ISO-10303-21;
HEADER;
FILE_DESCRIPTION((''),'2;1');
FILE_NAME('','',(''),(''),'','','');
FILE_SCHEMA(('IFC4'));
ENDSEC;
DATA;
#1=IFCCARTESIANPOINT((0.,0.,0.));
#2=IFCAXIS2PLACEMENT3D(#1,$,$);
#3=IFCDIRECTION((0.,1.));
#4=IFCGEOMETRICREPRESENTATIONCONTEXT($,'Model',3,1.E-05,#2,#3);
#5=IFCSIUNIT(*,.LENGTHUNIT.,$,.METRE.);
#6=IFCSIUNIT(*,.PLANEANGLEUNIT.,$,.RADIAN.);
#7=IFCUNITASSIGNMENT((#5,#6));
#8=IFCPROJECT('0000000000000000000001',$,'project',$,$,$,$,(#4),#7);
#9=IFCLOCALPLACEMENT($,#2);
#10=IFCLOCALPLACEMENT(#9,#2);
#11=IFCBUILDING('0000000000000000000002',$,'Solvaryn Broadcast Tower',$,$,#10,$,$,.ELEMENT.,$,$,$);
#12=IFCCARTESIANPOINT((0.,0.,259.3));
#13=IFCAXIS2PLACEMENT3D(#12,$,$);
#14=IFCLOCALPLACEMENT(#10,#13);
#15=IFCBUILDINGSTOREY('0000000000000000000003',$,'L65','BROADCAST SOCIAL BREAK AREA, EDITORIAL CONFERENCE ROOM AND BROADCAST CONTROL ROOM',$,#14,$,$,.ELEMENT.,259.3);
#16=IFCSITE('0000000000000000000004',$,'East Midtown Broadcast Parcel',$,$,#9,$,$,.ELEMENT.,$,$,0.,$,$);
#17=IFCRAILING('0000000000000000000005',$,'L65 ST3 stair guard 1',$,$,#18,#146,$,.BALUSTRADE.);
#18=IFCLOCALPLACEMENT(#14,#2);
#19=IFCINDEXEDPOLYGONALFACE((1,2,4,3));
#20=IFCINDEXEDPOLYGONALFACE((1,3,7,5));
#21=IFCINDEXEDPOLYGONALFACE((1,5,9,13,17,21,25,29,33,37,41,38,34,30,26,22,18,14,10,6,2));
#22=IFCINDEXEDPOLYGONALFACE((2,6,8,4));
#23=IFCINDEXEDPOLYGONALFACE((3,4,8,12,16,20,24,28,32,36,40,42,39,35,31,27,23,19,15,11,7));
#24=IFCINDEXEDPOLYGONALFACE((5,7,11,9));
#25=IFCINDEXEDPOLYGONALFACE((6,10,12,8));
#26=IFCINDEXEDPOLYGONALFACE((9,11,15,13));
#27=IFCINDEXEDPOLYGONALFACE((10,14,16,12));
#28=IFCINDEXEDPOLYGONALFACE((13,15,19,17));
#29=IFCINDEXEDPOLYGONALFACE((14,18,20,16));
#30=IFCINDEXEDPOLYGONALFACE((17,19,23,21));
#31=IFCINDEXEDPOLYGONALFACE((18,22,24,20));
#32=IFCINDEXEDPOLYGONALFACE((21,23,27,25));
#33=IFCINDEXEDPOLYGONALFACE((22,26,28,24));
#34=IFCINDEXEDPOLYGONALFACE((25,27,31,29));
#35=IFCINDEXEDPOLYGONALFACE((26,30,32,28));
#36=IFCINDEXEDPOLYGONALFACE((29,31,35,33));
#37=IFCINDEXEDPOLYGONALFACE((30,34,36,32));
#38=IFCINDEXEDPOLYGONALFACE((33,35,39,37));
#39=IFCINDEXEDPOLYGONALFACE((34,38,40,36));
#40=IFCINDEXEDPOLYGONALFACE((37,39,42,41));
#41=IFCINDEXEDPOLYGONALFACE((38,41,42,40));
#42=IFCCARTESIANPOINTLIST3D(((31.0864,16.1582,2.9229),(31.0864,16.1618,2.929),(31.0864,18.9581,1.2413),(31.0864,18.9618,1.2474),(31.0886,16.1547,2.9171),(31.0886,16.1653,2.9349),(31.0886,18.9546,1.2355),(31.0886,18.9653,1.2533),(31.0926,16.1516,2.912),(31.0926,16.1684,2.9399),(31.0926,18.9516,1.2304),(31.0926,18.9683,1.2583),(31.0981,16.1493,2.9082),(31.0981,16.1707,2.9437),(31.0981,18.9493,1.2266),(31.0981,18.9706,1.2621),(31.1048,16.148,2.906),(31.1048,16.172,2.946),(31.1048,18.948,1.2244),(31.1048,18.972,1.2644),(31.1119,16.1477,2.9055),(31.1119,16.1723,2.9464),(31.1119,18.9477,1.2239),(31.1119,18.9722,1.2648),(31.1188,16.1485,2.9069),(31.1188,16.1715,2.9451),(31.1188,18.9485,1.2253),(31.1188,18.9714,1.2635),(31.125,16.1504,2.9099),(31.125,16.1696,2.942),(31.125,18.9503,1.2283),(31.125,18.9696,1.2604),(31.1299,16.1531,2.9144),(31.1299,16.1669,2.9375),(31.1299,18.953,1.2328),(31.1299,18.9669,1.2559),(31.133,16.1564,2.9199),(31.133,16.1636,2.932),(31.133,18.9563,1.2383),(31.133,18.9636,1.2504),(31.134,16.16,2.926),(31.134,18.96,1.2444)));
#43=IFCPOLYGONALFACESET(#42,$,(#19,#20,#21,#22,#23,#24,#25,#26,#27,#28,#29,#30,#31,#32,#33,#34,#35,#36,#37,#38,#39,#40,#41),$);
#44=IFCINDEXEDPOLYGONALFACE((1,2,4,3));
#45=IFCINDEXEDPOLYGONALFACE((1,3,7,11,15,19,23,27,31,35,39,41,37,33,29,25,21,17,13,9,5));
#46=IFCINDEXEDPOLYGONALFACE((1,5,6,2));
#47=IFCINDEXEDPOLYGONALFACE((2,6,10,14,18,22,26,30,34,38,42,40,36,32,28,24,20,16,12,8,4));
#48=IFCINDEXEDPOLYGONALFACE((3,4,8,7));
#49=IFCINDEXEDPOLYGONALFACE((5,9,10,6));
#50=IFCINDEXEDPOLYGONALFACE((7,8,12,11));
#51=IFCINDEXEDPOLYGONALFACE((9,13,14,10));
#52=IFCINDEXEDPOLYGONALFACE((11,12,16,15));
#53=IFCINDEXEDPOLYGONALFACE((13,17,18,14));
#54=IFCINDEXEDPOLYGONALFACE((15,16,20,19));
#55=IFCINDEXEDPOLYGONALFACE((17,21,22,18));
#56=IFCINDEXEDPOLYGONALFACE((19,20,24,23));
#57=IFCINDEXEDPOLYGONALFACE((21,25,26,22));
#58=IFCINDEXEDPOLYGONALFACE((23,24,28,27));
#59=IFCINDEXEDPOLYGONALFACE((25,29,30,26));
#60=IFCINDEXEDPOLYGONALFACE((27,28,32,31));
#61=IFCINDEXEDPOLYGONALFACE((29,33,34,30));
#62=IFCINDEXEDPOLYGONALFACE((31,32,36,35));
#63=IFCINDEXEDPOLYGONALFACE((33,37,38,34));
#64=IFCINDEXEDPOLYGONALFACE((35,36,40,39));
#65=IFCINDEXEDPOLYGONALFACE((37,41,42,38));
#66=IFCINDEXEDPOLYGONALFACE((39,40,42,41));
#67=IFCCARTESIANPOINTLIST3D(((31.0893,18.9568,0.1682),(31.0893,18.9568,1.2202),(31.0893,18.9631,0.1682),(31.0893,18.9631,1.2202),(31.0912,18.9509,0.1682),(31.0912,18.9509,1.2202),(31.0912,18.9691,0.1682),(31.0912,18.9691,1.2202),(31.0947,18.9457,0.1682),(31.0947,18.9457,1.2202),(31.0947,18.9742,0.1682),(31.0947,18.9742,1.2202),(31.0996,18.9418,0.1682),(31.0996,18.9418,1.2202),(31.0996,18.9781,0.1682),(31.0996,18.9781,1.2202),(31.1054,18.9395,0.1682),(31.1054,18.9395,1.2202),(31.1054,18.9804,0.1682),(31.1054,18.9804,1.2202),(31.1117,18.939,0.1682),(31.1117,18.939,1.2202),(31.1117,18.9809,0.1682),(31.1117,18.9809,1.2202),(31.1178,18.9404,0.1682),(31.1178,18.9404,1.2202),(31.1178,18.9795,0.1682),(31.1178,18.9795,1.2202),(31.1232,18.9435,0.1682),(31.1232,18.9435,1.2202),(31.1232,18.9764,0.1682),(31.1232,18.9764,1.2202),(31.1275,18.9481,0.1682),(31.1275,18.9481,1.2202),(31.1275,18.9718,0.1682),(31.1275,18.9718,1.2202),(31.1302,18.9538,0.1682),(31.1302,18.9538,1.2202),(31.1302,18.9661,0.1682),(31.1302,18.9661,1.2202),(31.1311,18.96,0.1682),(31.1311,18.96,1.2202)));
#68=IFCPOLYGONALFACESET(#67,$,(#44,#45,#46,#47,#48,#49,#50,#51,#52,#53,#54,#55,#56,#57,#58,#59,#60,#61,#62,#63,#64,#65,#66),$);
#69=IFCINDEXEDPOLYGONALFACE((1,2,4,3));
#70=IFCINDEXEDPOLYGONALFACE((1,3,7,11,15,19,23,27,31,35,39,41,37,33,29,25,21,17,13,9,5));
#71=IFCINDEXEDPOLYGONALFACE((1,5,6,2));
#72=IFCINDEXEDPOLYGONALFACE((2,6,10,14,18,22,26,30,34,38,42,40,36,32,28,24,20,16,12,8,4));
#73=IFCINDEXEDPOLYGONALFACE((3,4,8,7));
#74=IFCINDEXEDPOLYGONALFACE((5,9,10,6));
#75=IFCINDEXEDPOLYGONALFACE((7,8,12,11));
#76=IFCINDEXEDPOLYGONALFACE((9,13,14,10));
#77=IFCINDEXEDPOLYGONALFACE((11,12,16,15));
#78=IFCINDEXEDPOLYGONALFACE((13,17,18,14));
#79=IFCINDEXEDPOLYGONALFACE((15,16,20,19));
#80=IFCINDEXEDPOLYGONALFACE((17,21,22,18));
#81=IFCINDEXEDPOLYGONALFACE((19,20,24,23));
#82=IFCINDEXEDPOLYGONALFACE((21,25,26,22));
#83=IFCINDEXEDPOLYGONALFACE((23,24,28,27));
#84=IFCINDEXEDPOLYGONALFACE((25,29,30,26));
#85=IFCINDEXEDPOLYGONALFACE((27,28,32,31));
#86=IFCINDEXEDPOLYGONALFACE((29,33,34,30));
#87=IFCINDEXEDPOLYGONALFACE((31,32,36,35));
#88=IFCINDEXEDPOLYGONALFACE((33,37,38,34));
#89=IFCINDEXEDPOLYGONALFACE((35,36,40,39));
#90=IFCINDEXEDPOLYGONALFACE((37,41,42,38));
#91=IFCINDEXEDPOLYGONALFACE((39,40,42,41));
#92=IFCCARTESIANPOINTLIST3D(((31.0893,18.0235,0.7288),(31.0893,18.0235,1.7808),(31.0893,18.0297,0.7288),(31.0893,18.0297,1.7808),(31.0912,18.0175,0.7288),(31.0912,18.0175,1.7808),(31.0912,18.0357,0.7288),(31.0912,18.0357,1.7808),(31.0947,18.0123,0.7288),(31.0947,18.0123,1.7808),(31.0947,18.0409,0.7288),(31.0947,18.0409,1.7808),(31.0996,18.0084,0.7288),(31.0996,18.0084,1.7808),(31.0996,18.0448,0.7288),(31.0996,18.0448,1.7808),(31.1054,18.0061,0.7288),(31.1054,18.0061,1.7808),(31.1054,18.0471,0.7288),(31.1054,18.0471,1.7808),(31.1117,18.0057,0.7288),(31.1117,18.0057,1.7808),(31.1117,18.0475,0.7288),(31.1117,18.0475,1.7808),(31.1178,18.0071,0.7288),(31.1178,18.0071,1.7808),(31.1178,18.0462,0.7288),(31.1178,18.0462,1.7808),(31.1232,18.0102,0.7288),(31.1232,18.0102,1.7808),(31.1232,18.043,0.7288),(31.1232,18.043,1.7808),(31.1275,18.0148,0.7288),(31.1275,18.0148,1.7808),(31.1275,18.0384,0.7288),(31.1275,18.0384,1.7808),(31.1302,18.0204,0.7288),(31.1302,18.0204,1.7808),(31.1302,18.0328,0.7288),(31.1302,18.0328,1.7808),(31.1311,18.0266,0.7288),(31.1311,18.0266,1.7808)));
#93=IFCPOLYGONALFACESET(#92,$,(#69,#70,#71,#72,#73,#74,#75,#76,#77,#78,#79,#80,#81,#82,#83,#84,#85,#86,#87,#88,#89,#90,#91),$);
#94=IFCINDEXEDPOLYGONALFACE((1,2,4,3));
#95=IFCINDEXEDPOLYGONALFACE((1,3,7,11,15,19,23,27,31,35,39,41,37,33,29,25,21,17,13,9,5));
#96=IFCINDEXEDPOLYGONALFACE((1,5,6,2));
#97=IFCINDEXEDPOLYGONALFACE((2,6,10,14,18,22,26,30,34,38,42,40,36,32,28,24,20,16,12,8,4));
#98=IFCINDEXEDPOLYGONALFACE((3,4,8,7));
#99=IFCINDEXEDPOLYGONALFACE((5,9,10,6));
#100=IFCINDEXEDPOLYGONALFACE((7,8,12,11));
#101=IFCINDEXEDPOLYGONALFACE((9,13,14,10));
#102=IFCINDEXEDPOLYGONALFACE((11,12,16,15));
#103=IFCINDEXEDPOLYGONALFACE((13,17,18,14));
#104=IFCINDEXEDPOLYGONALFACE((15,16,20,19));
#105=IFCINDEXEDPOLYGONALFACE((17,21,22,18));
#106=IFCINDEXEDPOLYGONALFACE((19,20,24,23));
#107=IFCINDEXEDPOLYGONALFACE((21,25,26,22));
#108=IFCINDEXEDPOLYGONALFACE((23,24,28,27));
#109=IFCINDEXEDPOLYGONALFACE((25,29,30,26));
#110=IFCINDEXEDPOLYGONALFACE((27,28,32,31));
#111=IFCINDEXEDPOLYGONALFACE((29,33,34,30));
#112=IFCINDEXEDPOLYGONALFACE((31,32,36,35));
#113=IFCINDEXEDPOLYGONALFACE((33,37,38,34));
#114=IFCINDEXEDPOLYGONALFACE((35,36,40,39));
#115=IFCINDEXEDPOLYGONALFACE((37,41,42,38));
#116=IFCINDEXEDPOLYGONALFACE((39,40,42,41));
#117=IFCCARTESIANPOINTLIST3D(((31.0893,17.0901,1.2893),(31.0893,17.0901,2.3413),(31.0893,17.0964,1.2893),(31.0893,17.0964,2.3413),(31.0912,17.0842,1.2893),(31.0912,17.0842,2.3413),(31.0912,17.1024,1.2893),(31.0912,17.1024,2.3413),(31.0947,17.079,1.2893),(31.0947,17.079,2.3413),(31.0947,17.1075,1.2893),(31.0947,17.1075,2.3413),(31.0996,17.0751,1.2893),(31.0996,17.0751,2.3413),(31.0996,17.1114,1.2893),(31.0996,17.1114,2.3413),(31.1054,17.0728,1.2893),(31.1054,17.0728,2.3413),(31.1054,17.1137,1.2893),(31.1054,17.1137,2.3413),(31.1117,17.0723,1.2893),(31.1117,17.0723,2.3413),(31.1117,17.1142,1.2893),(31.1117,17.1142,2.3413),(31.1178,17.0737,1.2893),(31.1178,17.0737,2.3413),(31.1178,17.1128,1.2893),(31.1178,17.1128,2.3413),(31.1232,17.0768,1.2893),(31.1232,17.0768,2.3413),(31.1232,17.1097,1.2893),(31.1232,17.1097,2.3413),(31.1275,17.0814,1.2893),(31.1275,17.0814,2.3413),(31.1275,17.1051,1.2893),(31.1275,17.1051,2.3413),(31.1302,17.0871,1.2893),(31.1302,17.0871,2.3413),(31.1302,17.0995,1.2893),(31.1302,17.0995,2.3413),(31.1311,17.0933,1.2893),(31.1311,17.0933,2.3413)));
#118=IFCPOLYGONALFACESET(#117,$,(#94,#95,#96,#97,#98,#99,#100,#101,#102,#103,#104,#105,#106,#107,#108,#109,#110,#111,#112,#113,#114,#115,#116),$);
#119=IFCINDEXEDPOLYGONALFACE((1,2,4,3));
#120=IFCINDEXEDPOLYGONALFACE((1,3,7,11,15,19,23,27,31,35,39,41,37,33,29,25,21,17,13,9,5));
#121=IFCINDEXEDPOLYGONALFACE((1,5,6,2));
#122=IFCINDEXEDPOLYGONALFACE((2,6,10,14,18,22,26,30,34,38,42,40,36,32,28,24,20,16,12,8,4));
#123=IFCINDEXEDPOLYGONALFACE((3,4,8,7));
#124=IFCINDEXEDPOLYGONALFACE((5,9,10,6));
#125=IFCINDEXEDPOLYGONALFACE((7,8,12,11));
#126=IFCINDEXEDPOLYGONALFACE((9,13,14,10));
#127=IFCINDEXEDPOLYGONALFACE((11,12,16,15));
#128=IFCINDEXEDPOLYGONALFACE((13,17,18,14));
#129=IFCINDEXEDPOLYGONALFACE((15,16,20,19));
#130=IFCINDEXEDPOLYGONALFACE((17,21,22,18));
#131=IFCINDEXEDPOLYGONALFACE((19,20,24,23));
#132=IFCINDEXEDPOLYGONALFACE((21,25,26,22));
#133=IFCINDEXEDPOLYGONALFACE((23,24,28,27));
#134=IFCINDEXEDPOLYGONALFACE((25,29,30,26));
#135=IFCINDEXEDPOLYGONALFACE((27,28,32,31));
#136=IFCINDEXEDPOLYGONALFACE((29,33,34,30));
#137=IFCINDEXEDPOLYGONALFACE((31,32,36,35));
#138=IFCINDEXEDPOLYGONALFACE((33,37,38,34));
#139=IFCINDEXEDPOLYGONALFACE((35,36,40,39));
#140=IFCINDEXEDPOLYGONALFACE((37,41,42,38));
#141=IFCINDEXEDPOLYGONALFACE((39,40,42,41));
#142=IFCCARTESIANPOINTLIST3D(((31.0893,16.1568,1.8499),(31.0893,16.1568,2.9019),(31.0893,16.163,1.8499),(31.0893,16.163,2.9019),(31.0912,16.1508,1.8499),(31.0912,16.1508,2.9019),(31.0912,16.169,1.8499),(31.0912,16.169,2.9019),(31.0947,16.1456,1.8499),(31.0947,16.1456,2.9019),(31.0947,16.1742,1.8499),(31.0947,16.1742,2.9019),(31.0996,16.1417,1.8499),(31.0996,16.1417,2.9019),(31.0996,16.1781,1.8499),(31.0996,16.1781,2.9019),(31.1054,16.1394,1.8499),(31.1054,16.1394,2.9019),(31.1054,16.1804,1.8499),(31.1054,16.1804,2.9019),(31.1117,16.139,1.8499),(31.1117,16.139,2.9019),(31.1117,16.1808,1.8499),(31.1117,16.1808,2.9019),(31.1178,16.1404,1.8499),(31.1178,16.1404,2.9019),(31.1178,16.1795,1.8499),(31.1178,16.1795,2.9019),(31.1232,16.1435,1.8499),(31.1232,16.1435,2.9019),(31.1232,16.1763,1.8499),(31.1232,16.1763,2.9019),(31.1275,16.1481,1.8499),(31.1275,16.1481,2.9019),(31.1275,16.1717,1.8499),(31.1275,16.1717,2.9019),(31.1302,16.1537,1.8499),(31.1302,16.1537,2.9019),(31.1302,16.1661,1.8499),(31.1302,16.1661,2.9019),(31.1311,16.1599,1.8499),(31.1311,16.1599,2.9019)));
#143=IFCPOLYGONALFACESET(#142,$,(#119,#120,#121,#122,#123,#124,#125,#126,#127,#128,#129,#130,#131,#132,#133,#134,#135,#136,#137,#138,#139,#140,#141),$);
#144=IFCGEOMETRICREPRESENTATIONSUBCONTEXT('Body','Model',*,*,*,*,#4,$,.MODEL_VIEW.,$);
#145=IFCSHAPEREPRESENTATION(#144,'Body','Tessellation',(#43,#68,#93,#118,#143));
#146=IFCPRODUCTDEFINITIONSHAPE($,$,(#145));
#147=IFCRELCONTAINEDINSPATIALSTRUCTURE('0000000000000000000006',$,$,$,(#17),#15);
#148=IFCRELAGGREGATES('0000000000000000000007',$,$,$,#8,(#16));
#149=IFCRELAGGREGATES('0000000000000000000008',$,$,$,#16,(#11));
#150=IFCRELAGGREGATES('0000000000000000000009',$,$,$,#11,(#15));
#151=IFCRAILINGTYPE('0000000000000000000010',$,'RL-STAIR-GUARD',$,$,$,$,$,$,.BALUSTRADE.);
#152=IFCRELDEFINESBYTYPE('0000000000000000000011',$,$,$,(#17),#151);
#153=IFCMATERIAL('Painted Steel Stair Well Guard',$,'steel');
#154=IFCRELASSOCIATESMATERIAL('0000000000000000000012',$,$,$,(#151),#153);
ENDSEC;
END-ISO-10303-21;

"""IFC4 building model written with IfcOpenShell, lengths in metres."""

from ifc_helpers import new_model, si_unit, direction, frame, origin, origin_2d, place, context, subcontext, project, spatial, circle, extrude, material, type_object, element, save


model = new_model("IFC4")

# Units and contexts
model_context = context("Model", 3, precision=1e-05, world=origin(), true_north=direction((0.0, 1.0)))
body_context = subcontext(model_context, "Body", "Model", "MODEL_VIEW")
ifc_project = project(units=[si_unit("LENGTHUNIT", "METRE"), si_unit("PLANEANGLEUNIT", "RADIAN")], contexts=[model_context])

# Site, building, storey
site_placement = place(None, origin())
site = spatial("IfcSite", under=ifc_project, at=site_placement, Name="East Midtown Broadcast Parcel", CompositionType="ELEMENT", RefElevation=0.0)
building_placement = place(site_placement, origin())
building = spatial("IfcBuilding", under=site, at=building_placement, Name="Solvaryn Broadcast Tower", CompositionType="ELEMENT")
storey_placement = place(building_placement, frame((0.0, 0.0, 259.3)))
storey = spatial("IfcBuildingStorey", under=building, at=storey_placement, Name="L65", Description="BROADCAST SOCIAL BREAK AREA, EDITORIAL CONFERENCE ROOM AND BROADCAST CONTROL ROOM", CompositionType="ELEMENT", Elevation=259.3)

# Railing
ifc_material_1 = material(Name="Painted Steel Stair Well Guard", Category="steel")
railing_type_1 = type_object("IfcRailingType", Name="RL-STAIR-GUARD", PredefinedType="BALUSTRADE", material=ifc_material_1)
railing_1_placement = place(storey_placement, frame((31.1101, 18.96, 0.1682)))
element("IfcRailing", 1, at=railing_1_placement, inside=storey, type_object=railing_type_1, Name="L65 ST3 stair guard 1", PredefinedType="BALUSTRADE", context=body_context, shape_type="SweptSolid", body=[
    extrude(circle(Radius=0.0239, at=origin_2d()), frame((0.0, 0.0, 1.0762), z_axis=(0.0, -0.857275, 0.514858), x_axis=(1.0, 0.0, 0.0)), (0.0, 0.0, 1.0), 3.2661),
    extrude(circle(Radius=0.021, at=origin_2d()), origin(), (0.0, 0.0, 1.0), 1.052),
    extrude(circle(Radius=0.021, at=origin_2d()), frame((0.0, -0.9333, 0.5605)), (0.0, 0.0, 1.0), 1.052),
    extrude(circle(Radius=0.021, at=origin_2d()), frame((0.0, -1.8667, 1.1211)), (0.0, 0.0, 1.0), 1.052),
    extrude(circle(Radius=0.021, at=origin_2d()), frame((0.0, -2.8, 1.6816)), (0.0, 0.0, 1.0), 1.052),
])

save(model, "model.ifc")
